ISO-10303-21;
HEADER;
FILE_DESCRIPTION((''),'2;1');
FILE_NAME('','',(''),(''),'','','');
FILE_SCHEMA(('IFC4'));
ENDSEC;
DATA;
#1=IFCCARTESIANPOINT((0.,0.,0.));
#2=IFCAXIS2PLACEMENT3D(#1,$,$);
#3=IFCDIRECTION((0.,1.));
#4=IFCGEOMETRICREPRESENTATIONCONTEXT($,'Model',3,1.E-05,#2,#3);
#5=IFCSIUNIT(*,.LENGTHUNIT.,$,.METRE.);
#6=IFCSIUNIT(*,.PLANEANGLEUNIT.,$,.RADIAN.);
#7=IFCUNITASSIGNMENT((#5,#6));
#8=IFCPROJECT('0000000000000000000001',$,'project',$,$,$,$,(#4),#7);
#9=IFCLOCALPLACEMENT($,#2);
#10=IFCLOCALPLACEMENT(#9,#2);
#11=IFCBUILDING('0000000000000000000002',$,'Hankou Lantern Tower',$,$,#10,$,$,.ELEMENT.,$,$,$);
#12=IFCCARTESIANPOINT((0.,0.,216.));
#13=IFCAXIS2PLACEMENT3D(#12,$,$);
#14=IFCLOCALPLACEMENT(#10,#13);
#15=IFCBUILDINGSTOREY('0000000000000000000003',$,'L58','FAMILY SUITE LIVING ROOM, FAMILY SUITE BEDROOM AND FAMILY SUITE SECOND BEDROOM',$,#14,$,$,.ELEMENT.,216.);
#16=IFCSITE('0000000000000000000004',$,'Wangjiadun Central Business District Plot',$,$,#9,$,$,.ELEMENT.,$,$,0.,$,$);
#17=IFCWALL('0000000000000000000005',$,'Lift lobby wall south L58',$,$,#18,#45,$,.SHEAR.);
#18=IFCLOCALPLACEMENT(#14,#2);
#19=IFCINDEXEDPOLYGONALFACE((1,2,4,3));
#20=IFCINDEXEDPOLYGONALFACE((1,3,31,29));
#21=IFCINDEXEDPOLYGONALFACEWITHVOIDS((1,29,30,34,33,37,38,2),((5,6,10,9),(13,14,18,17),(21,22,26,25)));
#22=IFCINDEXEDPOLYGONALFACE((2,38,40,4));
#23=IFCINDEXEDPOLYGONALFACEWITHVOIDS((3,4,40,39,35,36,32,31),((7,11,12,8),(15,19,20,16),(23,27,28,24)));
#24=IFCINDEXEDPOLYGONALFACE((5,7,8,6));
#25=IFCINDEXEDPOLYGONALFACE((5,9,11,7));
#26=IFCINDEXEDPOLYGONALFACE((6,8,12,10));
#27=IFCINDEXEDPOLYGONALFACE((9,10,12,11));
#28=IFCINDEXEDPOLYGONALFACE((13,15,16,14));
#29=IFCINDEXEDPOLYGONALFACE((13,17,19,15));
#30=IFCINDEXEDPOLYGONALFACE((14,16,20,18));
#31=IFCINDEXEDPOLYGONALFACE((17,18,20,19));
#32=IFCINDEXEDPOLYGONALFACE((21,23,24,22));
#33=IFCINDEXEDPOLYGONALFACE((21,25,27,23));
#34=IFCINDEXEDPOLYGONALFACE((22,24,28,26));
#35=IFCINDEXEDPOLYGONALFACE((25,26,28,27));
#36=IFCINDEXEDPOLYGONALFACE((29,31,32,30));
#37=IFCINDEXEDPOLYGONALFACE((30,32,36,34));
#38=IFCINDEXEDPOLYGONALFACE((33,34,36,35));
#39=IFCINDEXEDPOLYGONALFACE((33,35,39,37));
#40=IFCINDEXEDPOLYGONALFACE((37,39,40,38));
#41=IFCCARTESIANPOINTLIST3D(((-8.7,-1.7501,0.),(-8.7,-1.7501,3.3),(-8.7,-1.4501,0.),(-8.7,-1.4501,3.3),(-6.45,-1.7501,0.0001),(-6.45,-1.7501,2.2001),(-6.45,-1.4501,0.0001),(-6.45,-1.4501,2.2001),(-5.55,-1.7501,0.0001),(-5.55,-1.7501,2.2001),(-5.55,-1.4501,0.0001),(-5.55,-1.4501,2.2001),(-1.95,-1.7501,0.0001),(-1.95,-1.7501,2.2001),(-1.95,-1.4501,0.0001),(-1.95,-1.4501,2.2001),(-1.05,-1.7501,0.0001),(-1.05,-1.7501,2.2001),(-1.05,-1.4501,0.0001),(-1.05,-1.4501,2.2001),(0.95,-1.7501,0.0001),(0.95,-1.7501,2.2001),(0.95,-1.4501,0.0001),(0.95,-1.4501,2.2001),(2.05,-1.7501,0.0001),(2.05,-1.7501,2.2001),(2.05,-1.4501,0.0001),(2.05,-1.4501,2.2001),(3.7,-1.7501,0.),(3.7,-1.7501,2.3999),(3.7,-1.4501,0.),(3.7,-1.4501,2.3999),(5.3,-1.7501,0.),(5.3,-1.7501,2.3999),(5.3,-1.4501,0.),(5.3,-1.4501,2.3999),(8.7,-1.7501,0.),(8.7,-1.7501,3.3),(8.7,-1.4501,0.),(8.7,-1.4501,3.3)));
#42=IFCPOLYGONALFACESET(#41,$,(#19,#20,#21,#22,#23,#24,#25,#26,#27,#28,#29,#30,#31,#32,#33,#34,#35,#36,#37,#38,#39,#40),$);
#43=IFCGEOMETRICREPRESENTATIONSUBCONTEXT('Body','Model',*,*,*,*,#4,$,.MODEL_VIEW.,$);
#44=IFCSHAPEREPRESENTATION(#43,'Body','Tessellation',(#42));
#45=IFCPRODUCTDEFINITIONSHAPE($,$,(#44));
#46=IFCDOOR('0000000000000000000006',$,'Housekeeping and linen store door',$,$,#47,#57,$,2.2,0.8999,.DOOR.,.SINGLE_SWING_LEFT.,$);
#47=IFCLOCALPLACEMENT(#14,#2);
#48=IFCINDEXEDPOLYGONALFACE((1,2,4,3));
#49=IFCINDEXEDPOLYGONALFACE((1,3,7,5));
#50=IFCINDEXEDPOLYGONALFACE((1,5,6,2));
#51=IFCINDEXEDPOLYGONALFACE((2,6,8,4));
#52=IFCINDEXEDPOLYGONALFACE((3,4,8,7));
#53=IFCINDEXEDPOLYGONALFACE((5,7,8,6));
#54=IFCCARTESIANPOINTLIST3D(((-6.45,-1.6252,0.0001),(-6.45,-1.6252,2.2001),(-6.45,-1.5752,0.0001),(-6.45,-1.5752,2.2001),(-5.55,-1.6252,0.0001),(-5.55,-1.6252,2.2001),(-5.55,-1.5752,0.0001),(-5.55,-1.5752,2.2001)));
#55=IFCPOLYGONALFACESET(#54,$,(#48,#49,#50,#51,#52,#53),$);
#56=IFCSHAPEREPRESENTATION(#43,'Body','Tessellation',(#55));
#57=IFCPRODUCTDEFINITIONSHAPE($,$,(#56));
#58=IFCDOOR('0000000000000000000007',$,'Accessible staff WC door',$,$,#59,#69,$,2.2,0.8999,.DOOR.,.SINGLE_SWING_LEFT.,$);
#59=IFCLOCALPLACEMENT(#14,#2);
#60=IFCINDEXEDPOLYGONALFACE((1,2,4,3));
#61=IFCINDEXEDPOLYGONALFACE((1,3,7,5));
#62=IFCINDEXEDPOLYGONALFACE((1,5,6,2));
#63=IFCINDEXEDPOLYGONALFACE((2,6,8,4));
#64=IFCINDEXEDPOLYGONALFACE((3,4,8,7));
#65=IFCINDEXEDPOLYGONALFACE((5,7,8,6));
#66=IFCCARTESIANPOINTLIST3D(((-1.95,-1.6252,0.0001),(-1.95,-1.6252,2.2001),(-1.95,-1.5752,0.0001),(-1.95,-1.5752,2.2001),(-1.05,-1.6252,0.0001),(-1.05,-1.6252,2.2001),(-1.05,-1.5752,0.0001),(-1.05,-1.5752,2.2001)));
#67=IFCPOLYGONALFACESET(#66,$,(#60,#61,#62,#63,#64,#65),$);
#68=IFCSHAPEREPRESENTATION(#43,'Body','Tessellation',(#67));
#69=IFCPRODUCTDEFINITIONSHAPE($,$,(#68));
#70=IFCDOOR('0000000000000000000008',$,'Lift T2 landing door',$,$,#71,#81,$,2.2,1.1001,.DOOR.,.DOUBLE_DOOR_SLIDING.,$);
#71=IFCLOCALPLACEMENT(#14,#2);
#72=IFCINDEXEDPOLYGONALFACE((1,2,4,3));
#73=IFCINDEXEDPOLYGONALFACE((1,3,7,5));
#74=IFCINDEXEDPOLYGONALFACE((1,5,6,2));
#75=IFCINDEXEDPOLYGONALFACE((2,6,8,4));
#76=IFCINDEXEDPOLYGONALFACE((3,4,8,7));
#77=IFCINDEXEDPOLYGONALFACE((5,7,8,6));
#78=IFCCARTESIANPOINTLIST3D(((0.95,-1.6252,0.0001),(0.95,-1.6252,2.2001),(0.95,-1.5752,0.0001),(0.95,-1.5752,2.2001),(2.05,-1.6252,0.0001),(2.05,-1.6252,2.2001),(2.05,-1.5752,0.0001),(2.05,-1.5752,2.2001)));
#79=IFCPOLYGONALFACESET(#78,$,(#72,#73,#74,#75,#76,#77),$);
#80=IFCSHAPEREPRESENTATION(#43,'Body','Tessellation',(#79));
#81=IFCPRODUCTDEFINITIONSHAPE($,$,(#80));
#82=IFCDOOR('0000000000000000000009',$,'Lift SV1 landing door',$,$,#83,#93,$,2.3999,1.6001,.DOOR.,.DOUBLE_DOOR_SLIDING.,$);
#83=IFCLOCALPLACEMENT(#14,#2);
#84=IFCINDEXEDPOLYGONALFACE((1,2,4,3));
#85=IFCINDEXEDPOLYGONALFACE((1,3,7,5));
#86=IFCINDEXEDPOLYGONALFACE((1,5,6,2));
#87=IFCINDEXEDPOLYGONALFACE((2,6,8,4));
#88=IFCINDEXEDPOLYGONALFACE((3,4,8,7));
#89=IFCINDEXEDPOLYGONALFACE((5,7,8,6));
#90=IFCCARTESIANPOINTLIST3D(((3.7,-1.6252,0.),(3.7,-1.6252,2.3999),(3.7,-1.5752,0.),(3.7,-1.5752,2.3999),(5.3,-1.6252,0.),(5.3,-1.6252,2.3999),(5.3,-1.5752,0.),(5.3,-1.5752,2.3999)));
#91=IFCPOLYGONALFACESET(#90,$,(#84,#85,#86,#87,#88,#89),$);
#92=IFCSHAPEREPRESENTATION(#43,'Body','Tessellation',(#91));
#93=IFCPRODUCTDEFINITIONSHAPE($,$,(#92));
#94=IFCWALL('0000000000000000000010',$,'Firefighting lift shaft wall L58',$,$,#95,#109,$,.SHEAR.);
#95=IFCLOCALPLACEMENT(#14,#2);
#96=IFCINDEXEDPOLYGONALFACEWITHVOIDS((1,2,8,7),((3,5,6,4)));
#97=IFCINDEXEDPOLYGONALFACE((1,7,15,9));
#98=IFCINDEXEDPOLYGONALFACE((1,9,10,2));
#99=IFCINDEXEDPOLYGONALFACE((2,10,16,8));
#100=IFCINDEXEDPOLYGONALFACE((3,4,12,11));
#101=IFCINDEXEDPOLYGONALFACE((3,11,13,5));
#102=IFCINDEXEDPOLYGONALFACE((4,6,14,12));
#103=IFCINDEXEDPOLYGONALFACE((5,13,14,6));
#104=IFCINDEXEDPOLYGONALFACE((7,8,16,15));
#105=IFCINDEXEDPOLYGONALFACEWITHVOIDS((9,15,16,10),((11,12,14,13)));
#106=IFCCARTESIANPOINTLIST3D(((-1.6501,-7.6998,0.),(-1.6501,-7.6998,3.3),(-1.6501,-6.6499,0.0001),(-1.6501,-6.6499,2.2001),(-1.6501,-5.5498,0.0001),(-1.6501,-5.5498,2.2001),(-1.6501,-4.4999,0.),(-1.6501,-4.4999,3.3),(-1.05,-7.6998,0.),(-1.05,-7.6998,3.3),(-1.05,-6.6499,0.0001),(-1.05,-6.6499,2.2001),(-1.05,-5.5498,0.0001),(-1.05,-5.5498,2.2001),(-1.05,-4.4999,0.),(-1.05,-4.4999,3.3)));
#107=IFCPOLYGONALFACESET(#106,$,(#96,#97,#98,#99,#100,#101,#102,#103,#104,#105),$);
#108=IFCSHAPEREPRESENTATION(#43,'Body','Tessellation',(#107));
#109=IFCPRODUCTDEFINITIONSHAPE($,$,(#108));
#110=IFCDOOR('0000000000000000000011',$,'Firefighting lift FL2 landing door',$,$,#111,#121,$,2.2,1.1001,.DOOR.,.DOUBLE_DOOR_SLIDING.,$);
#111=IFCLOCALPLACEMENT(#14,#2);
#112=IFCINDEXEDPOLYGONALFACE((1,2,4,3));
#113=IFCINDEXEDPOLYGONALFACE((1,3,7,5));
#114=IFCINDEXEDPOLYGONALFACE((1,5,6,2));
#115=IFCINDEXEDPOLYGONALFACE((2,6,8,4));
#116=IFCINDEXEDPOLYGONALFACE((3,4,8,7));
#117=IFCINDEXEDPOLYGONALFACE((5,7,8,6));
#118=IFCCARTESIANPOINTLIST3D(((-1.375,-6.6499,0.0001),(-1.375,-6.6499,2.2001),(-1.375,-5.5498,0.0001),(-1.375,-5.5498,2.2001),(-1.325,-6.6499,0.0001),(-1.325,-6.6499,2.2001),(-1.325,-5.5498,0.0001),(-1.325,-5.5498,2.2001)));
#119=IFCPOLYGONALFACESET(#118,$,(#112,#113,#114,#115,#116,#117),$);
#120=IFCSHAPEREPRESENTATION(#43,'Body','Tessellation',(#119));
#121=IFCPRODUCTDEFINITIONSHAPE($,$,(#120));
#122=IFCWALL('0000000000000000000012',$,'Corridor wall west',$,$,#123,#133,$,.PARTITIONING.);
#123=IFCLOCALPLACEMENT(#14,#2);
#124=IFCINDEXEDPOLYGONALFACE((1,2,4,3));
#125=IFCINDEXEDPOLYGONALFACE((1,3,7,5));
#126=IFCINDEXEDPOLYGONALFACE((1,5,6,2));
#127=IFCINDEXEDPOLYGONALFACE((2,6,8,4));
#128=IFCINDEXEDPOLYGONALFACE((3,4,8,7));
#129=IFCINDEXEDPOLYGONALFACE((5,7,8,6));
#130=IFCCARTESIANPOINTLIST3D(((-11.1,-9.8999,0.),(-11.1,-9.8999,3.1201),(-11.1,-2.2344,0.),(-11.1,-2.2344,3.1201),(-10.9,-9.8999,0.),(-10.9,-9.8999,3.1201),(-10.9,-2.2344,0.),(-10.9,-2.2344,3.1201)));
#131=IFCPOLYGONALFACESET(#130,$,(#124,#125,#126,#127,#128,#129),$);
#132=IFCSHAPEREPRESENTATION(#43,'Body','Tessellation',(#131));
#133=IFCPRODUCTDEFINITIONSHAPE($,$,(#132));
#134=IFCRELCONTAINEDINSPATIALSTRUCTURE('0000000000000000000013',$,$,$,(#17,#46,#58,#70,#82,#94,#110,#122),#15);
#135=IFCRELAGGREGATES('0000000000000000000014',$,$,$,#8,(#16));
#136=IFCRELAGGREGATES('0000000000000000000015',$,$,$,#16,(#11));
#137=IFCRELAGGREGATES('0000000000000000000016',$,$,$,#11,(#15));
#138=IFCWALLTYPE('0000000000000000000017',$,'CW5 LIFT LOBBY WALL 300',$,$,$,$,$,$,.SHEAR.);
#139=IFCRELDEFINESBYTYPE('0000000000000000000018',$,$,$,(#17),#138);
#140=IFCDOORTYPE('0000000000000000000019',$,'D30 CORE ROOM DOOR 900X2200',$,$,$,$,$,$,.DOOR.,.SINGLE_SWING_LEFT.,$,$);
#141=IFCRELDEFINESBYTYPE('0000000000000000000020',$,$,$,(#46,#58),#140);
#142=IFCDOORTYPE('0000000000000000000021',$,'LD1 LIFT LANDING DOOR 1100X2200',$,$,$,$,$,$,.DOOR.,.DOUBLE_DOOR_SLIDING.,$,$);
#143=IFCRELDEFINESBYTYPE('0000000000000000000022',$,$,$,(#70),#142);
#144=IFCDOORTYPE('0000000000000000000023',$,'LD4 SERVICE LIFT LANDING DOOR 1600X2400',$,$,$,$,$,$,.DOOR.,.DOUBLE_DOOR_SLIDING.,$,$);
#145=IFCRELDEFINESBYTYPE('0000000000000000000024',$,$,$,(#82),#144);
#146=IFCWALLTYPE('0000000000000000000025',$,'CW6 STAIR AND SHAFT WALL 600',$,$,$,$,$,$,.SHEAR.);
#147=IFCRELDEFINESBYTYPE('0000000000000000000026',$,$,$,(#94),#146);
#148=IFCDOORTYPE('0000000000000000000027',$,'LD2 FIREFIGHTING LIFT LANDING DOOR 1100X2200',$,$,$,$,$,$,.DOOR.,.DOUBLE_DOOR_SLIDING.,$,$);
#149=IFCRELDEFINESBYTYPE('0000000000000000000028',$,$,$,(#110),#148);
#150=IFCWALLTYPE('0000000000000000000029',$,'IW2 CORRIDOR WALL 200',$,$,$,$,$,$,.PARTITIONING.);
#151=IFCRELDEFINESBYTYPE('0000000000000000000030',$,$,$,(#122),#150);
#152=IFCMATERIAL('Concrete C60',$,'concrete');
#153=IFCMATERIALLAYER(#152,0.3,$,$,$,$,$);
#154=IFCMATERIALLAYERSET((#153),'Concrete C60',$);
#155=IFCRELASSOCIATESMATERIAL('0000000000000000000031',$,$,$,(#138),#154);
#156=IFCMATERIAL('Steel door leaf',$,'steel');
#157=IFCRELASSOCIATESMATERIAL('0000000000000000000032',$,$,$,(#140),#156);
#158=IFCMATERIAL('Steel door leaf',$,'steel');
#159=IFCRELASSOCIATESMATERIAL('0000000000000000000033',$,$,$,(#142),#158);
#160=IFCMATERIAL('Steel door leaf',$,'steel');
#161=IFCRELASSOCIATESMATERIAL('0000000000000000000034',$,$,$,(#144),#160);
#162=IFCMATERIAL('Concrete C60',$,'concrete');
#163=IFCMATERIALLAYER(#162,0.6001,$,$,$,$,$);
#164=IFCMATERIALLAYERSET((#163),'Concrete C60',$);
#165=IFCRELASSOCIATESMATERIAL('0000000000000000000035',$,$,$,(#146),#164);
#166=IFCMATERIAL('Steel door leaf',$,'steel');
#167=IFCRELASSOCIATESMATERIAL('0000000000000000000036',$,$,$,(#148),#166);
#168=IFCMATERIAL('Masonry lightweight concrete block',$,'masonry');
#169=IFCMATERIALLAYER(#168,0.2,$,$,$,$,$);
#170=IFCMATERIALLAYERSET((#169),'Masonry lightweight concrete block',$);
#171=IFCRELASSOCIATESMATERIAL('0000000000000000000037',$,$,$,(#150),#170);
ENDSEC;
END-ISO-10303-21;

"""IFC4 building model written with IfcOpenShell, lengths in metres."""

from ifc_helpers import new_model, si_unit, direction, frame, frame_2d, origin, place, context, subcontext, project, spatial, rectangle, extrude, material, layer, layer_set, type_object, element, fill, save


model = new_model("IFC4")

# Units and contexts
model_context = context("Model", 3, precision=1e-05, world=origin(), true_north=direction((0.0, 1.0)))
body_context = subcontext(model_context, "Body", "Model", "MODEL_VIEW")
ifc_project = project(units=[si_unit("LENGTHUNIT", "METRE"), si_unit("PLANEANGLEUNIT", "RADIAN")], contexts=[model_context])

# Site, building, storey
site_placement = place(None, origin())
site = spatial("IfcSite", under=ifc_project, at=site_placement, Name="Wangjiadun Central Business District Plot", CompositionType="ELEMENT", RefElevation=0.0)
building_placement = place(site_placement, origin())
building = spatial("IfcBuilding", under=site, at=building_placement, Name="Hankou Lantern Tower", CompositionType="ELEMENT")
storey_placement = place(building_placement, frame((0.0, 0.0, 216.0)))
storey = spatial("IfcBuildingStorey", under=building, at=storey_placement, Name="L58", Description="FAMILY SUITE LIVING ROOM, FAMILY SUITE BEDROOM AND FAMILY SUITE SECOND BEDROOM", CompositionType="ELEMENT", Elevation=216.0)

# Wall, openings, doors
ifc_material_1 = material(Name="Concrete C60", Category="concrete")
ifc_layer_1 = layer(ifc_material_1, 0.3)
ifc_layer_set_1 = layer_set([ifc_layer_1], Name="Concrete C60")
wall_type_1 = type_object("IfcWallType", Name="CW5 LIFT LOBBY WALL 300", PredefinedType="SHEAR", material=ifc_layer_set_1)
wall_1_placement = place(storey_placement, frame((-8.7, -1.6001, 0.0), z_axis=(0.0, 0.0, 1.0), x_axis=(1.0, 0.0, 0.0)))
wall_1 = element("IfcWall", 1, at=wall_1_placement, inside=storey, type_object=wall_type_1, Name="Lift lobby wall south L58", PredefinedType="SHEAR", context=body_context, shape_type="SweptSolid", body=[
    extrude(rectangle(XDim=17.3999, YDim=0.3, at=frame_2d((8.7, 0.0))), origin(), (0.0, 0.0, 1.0), 3.3),
])
opening_1_placement = place(wall_1_placement, frame((9.6499, 0.0, 0.0)))
opening_1 = element("IfcOpeningElement", 2, at=opening_1_placement, cuts=wall_1, PredefinedType="OPENING", context=body_context, shape_type="SweptSolid", body=[
    extrude(rectangle(XDim=1.1001, YDim=2.2, at=frame_2d((0.55, 1.1001))), frame((0.0, 0.1599, 0.0), z_axis=(0.0, -1.0, 0.0), x_axis=(1.0, 0.0, 0.0)), (0.0, 0.0, 1.0), 0.3201),
])
opening_2_placement = place(wall_1_placement, frame((12.3999, 0.0, 0.0)))
opening_2 = element("IfcOpeningElement", 3, at=opening_2_placement, cuts=wall_1, PredefinedType="OPENING", context=body_context, shape_type="SweptSolid", body=[
    extrude(rectangle(XDim=1.6001, YDim=2.3999, at=frame_2d((0.8, 1.2))), frame((0.0, 0.1599, 0.0), z_axis=(0.0, -1.0, 0.0), x_axis=(1.0, 0.0, 0.0)), (0.0, 0.0, 1.0), 0.3201),
])
opening_3_placement = place(wall_1_placement, frame((2.25, 0.0, 0.0)))
opening_3 = element("IfcOpeningElement", 4, at=opening_3_placement, cuts=wall_1, PredefinedType="OPENING", context=body_context, shape_type="SweptSolid", body=[
    extrude(rectangle(XDim=0.8999, YDim=2.2, at=frame_2d((0.45, 1.1001))), frame((0.0, 0.1599, 0.0), z_axis=(0.0, -1.0, 0.0), x_axis=(1.0, 0.0, 0.0)), (0.0, 0.0, 1.0), 0.3201),
])
opening_4_placement = place(wall_1_placement, frame((6.75, 0.0, 0.0)))
opening_4 = element("IfcOpeningElement", 5, at=opening_4_placement, cuts=wall_1, PredefinedType="OPENING", context=body_context, shape_type="SweptSolid", body=[
    extrude(rectangle(XDim=0.8999, YDim=2.2, at=frame_2d((0.45, 1.1001))), frame((0.0, 0.1599, 0.0), z_axis=(0.0, -1.0, 0.0), x_axis=(1.0, 0.0, 0.0)), (0.0, 0.0, 1.0), 0.3201),
])
ifc_material_2 = material(Name="Steel door leaf", Category="steel")
door_type_1 = type_object("IfcDoorType", Name="D30 CORE ROOM DOOR 900X2200", OperationType="SINGLE_SWING_LEFT", PredefinedType="DOOR", material=ifc_material_2)
door_1_placement = place(opening_3_placement, origin())
door_1 = element("IfcDoor", 6, at=door_1_placement, inside=storey, type_object=door_type_1, Name="Housekeeping and linen store door", OperationType="SINGLE_SWING_LEFT", OverallHeight=2.2, OverallWidth=0.8999, PredefinedType="DOOR", context=body_context, shape_type="SweptSolid", body=[
    extrude(rectangle(XDim=0.8999, YDim=2.2, at=frame_2d((0.45, 1.1001))), frame((0.0, 0.0249, 0.0), z_axis=(0.0, -1.0, 0.0), x_axis=(1.0, 0.0, 0.0)), (0.0, 0.0, 1.0), 0.05),
])
fill(opening_3, door_1)
door_2_placement = place(opening_4_placement, origin())
door_2 = element("IfcDoor", 7, at=door_2_placement, inside=storey, type_object=door_type_1, Name="Accessible staff WC door", OperationType="SINGLE_SWING_LEFT", OverallHeight=2.2, OverallWidth=0.8999, PredefinedType="DOOR", context=body_context, shape_type="SweptSolid", body=[
    extrude(rectangle(XDim=0.8999, YDim=2.2, at=frame_2d((0.45, 1.1001))), frame((0.0, 0.0249, 0.0), z_axis=(0.0, -1.0, 0.0), x_axis=(1.0, 0.0, 0.0)), (0.0, 0.0, 1.0), 0.05),
])
fill(opening_4, door_2)
ifc_material_3 = material(Name="Steel door leaf", Category="steel")
door_type_2 = type_object("IfcDoorType", Name="LD1 LIFT LANDING DOOR 1100X2200", OperationType="DOUBLE_DOOR_SLIDING", PredefinedType="DOOR", material=ifc_material_3)
door_3_placement = place(opening_1_placement, origin())
door_3 = element("IfcDoor", 8, at=door_3_placement, inside=storey, type_object=door_type_2, Name="Lift T2 landing door", OperationType="DOUBLE_DOOR_SLIDING", OverallHeight=2.2, OverallWidth=1.1001, PredefinedType="DOOR", context=body_context, shape_type="SweptSolid", body=[
    extrude(rectangle(XDim=1.1001, YDim=2.2, at=frame_2d((0.55, 1.1001))), frame((0.0, 0.0249, 0.0), z_axis=(0.0, -1.0, 0.0), x_axis=(1.0, 0.0, 0.0)), (0.0, 0.0, 1.0), 0.05),
])
fill(opening_1, door_3)
ifc_material_4 = material(Name="Steel door leaf", Category="steel")
door_type_3 = type_object("IfcDoorType", Name="LD4 SERVICE LIFT LANDING DOOR 1600X2400", OperationType="DOUBLE_DOOR_SLIDING", PredefinedType="DOOR", material=ifc_material_4)
door_4_placement = place(opening_2_placement, origin())
door_4 = element("IfcDoor", 9, at=door_4_placement, inside=storey, type_object=door_type_3, Name="Lift SV1 landing door", OperationType="DOUBLE_DOOR_SLIDING", OverallHeight=2.3999, OverallWidth=1.6001, PredefinedType="DOOR", context=body_context, shape_type="SweptSolid", body=[
    extrude(rectangle(XDim=1.6001, YDim=2.3999, at=frame_2d((0.8, 1.2))), frame((0.0, 0.0249, 0.0), z_axis=(0.0, -1.0, 0.0), x_axis=(1.0, 0.0, 0.0)), (0.0, 0.0, 1.0), 0.05),
])
fill(opening_2, door_4)

# Wall, opening, door
ifc_material_5 = material(Name="Concrete C60", Category="concrete")
ifc_layer_2 = layer(ifc_material_5, 0.6001)
ifc_layer_set_2 = layer_set([ifc_layer_2], Name="Concrete C60")
wall_type_2 = type_object("IfcWallType", Name="CW6 STAIR AND SHAFT WALL 600", PredefinedType="SHEAR", material=ifc_layer_set_2)
wall_2_placement = place(storey_placement, frame((-1.3501, -7.7, 0.0), z_axis=(0.0, 0.0, 1.0), x_axis=(0.0, 1.0, 0.0)))
wall_2 = element("IfcWall", 10, at=wall_2_placement, inside=storey, type_object=wall_type_2, Name="Firefighting lift shaft wall L58", PredefinedType="SHEAR", context=body_context, shape_type="SweptSolid", body=[
    extrude(rectangle(XDim=3.2, YDim=0.6001, at=frame_2d((1.6001, 0.0))), origin(), (0.0, 0.0, 1.0), 3.3),
])
opening_5_placement = place(wall_2_placement, frame((1.05, 0.0, 0.0)))
opening_5 = element("IfcOpeningElement", 11, at=opening_5_placement, cuts=wall_2, PredefinedType="OPENING", context=body_context, shape_type="SweptSolid", body=[
    extrude(rectangle(XDim=1.1001, YDim=2.2, at=frame_2d((0.55, 1.1001))), frame((0.0, 0.3101, 0.0), z_axis=(0.0, -1.0, 0.0), x_axis=(1.0, 0.0, 0.0)), (0.0, 0.0, 1.0), 0.6201),
])
ifc_material_6 = material(Name="Steel door leaf", Category="steel")
door_type_4 = type_object("IfcDoorType", Name="LD2 FIREFIGHTING LIFT LANDING DOOR 1100X2200", OperationType="DOUBLE_DOOR_SLIDING", PredefinedType="DOOR", material=ifc_material_6)
door_5_placement = place(opening_5_placement, origin())
door_5 = element("IfcDoor", 12, at=door_5_placement, inside=storey, type_object=door_type_4, Name="Firefighting lift FL2 landing door", OperationType="DOUBLE_DOOR_SLIDING", OverallHeight=2.2, OverallWidth=1.1001, PredefinedType="DOOR", context=body_context, shape_type="SweptSolid", body=[
    extrude(rectangle(XDim=1.1001, YDim=2.2, at=frame_2d((0.55, 1.1001))), frame((0.0, 0.0249, 0.0), z_axis=(0.0, -1.0, 0.0), x_axis=(1.0, 0.0, 0.0)), (0.0, 0.0, 1.0), 0.05),
])
fill(opening_5, door_5)

# Wall
ifc_material_7 = material(Name="Masonry lightweight concrete block", Category="masonry")
ifc_layer_3 = layer(ifc_material_7, 0.2)
ifc_layer_set_3 = layer_set([ifc_layer_3], Name="Masonry lightweight concrete block")
wall_type_3 = type_object("IfcWallType", Name="IW2 CORRIDOR WALL 200", PredefinedType="PARTITIONING", material=ifc_layer_set_3)
wall_3_placement = place(storey_placement, frame((-11.0, -2.2344, 0.0), z_axis=(0.0, 0.0, 1.0), x_axis=(0.0, -1.0, 0.0)))
element("IfcWall", 13, at=wall_3_placement, inside=storey, type_object=wall_type_3, Name="Corridor wall west", PredefinedType="PARTITIONING", context=body_context, shape_type="SweptSolid", body=[
    extrude(rectangle(XDim=7.6655, YDim=0.2, at=frame_2d((3.8328, 0.0))), origin(), (0.0, 0.0, 1.0), 3.1201),
])

save(model, "model.ifc")
